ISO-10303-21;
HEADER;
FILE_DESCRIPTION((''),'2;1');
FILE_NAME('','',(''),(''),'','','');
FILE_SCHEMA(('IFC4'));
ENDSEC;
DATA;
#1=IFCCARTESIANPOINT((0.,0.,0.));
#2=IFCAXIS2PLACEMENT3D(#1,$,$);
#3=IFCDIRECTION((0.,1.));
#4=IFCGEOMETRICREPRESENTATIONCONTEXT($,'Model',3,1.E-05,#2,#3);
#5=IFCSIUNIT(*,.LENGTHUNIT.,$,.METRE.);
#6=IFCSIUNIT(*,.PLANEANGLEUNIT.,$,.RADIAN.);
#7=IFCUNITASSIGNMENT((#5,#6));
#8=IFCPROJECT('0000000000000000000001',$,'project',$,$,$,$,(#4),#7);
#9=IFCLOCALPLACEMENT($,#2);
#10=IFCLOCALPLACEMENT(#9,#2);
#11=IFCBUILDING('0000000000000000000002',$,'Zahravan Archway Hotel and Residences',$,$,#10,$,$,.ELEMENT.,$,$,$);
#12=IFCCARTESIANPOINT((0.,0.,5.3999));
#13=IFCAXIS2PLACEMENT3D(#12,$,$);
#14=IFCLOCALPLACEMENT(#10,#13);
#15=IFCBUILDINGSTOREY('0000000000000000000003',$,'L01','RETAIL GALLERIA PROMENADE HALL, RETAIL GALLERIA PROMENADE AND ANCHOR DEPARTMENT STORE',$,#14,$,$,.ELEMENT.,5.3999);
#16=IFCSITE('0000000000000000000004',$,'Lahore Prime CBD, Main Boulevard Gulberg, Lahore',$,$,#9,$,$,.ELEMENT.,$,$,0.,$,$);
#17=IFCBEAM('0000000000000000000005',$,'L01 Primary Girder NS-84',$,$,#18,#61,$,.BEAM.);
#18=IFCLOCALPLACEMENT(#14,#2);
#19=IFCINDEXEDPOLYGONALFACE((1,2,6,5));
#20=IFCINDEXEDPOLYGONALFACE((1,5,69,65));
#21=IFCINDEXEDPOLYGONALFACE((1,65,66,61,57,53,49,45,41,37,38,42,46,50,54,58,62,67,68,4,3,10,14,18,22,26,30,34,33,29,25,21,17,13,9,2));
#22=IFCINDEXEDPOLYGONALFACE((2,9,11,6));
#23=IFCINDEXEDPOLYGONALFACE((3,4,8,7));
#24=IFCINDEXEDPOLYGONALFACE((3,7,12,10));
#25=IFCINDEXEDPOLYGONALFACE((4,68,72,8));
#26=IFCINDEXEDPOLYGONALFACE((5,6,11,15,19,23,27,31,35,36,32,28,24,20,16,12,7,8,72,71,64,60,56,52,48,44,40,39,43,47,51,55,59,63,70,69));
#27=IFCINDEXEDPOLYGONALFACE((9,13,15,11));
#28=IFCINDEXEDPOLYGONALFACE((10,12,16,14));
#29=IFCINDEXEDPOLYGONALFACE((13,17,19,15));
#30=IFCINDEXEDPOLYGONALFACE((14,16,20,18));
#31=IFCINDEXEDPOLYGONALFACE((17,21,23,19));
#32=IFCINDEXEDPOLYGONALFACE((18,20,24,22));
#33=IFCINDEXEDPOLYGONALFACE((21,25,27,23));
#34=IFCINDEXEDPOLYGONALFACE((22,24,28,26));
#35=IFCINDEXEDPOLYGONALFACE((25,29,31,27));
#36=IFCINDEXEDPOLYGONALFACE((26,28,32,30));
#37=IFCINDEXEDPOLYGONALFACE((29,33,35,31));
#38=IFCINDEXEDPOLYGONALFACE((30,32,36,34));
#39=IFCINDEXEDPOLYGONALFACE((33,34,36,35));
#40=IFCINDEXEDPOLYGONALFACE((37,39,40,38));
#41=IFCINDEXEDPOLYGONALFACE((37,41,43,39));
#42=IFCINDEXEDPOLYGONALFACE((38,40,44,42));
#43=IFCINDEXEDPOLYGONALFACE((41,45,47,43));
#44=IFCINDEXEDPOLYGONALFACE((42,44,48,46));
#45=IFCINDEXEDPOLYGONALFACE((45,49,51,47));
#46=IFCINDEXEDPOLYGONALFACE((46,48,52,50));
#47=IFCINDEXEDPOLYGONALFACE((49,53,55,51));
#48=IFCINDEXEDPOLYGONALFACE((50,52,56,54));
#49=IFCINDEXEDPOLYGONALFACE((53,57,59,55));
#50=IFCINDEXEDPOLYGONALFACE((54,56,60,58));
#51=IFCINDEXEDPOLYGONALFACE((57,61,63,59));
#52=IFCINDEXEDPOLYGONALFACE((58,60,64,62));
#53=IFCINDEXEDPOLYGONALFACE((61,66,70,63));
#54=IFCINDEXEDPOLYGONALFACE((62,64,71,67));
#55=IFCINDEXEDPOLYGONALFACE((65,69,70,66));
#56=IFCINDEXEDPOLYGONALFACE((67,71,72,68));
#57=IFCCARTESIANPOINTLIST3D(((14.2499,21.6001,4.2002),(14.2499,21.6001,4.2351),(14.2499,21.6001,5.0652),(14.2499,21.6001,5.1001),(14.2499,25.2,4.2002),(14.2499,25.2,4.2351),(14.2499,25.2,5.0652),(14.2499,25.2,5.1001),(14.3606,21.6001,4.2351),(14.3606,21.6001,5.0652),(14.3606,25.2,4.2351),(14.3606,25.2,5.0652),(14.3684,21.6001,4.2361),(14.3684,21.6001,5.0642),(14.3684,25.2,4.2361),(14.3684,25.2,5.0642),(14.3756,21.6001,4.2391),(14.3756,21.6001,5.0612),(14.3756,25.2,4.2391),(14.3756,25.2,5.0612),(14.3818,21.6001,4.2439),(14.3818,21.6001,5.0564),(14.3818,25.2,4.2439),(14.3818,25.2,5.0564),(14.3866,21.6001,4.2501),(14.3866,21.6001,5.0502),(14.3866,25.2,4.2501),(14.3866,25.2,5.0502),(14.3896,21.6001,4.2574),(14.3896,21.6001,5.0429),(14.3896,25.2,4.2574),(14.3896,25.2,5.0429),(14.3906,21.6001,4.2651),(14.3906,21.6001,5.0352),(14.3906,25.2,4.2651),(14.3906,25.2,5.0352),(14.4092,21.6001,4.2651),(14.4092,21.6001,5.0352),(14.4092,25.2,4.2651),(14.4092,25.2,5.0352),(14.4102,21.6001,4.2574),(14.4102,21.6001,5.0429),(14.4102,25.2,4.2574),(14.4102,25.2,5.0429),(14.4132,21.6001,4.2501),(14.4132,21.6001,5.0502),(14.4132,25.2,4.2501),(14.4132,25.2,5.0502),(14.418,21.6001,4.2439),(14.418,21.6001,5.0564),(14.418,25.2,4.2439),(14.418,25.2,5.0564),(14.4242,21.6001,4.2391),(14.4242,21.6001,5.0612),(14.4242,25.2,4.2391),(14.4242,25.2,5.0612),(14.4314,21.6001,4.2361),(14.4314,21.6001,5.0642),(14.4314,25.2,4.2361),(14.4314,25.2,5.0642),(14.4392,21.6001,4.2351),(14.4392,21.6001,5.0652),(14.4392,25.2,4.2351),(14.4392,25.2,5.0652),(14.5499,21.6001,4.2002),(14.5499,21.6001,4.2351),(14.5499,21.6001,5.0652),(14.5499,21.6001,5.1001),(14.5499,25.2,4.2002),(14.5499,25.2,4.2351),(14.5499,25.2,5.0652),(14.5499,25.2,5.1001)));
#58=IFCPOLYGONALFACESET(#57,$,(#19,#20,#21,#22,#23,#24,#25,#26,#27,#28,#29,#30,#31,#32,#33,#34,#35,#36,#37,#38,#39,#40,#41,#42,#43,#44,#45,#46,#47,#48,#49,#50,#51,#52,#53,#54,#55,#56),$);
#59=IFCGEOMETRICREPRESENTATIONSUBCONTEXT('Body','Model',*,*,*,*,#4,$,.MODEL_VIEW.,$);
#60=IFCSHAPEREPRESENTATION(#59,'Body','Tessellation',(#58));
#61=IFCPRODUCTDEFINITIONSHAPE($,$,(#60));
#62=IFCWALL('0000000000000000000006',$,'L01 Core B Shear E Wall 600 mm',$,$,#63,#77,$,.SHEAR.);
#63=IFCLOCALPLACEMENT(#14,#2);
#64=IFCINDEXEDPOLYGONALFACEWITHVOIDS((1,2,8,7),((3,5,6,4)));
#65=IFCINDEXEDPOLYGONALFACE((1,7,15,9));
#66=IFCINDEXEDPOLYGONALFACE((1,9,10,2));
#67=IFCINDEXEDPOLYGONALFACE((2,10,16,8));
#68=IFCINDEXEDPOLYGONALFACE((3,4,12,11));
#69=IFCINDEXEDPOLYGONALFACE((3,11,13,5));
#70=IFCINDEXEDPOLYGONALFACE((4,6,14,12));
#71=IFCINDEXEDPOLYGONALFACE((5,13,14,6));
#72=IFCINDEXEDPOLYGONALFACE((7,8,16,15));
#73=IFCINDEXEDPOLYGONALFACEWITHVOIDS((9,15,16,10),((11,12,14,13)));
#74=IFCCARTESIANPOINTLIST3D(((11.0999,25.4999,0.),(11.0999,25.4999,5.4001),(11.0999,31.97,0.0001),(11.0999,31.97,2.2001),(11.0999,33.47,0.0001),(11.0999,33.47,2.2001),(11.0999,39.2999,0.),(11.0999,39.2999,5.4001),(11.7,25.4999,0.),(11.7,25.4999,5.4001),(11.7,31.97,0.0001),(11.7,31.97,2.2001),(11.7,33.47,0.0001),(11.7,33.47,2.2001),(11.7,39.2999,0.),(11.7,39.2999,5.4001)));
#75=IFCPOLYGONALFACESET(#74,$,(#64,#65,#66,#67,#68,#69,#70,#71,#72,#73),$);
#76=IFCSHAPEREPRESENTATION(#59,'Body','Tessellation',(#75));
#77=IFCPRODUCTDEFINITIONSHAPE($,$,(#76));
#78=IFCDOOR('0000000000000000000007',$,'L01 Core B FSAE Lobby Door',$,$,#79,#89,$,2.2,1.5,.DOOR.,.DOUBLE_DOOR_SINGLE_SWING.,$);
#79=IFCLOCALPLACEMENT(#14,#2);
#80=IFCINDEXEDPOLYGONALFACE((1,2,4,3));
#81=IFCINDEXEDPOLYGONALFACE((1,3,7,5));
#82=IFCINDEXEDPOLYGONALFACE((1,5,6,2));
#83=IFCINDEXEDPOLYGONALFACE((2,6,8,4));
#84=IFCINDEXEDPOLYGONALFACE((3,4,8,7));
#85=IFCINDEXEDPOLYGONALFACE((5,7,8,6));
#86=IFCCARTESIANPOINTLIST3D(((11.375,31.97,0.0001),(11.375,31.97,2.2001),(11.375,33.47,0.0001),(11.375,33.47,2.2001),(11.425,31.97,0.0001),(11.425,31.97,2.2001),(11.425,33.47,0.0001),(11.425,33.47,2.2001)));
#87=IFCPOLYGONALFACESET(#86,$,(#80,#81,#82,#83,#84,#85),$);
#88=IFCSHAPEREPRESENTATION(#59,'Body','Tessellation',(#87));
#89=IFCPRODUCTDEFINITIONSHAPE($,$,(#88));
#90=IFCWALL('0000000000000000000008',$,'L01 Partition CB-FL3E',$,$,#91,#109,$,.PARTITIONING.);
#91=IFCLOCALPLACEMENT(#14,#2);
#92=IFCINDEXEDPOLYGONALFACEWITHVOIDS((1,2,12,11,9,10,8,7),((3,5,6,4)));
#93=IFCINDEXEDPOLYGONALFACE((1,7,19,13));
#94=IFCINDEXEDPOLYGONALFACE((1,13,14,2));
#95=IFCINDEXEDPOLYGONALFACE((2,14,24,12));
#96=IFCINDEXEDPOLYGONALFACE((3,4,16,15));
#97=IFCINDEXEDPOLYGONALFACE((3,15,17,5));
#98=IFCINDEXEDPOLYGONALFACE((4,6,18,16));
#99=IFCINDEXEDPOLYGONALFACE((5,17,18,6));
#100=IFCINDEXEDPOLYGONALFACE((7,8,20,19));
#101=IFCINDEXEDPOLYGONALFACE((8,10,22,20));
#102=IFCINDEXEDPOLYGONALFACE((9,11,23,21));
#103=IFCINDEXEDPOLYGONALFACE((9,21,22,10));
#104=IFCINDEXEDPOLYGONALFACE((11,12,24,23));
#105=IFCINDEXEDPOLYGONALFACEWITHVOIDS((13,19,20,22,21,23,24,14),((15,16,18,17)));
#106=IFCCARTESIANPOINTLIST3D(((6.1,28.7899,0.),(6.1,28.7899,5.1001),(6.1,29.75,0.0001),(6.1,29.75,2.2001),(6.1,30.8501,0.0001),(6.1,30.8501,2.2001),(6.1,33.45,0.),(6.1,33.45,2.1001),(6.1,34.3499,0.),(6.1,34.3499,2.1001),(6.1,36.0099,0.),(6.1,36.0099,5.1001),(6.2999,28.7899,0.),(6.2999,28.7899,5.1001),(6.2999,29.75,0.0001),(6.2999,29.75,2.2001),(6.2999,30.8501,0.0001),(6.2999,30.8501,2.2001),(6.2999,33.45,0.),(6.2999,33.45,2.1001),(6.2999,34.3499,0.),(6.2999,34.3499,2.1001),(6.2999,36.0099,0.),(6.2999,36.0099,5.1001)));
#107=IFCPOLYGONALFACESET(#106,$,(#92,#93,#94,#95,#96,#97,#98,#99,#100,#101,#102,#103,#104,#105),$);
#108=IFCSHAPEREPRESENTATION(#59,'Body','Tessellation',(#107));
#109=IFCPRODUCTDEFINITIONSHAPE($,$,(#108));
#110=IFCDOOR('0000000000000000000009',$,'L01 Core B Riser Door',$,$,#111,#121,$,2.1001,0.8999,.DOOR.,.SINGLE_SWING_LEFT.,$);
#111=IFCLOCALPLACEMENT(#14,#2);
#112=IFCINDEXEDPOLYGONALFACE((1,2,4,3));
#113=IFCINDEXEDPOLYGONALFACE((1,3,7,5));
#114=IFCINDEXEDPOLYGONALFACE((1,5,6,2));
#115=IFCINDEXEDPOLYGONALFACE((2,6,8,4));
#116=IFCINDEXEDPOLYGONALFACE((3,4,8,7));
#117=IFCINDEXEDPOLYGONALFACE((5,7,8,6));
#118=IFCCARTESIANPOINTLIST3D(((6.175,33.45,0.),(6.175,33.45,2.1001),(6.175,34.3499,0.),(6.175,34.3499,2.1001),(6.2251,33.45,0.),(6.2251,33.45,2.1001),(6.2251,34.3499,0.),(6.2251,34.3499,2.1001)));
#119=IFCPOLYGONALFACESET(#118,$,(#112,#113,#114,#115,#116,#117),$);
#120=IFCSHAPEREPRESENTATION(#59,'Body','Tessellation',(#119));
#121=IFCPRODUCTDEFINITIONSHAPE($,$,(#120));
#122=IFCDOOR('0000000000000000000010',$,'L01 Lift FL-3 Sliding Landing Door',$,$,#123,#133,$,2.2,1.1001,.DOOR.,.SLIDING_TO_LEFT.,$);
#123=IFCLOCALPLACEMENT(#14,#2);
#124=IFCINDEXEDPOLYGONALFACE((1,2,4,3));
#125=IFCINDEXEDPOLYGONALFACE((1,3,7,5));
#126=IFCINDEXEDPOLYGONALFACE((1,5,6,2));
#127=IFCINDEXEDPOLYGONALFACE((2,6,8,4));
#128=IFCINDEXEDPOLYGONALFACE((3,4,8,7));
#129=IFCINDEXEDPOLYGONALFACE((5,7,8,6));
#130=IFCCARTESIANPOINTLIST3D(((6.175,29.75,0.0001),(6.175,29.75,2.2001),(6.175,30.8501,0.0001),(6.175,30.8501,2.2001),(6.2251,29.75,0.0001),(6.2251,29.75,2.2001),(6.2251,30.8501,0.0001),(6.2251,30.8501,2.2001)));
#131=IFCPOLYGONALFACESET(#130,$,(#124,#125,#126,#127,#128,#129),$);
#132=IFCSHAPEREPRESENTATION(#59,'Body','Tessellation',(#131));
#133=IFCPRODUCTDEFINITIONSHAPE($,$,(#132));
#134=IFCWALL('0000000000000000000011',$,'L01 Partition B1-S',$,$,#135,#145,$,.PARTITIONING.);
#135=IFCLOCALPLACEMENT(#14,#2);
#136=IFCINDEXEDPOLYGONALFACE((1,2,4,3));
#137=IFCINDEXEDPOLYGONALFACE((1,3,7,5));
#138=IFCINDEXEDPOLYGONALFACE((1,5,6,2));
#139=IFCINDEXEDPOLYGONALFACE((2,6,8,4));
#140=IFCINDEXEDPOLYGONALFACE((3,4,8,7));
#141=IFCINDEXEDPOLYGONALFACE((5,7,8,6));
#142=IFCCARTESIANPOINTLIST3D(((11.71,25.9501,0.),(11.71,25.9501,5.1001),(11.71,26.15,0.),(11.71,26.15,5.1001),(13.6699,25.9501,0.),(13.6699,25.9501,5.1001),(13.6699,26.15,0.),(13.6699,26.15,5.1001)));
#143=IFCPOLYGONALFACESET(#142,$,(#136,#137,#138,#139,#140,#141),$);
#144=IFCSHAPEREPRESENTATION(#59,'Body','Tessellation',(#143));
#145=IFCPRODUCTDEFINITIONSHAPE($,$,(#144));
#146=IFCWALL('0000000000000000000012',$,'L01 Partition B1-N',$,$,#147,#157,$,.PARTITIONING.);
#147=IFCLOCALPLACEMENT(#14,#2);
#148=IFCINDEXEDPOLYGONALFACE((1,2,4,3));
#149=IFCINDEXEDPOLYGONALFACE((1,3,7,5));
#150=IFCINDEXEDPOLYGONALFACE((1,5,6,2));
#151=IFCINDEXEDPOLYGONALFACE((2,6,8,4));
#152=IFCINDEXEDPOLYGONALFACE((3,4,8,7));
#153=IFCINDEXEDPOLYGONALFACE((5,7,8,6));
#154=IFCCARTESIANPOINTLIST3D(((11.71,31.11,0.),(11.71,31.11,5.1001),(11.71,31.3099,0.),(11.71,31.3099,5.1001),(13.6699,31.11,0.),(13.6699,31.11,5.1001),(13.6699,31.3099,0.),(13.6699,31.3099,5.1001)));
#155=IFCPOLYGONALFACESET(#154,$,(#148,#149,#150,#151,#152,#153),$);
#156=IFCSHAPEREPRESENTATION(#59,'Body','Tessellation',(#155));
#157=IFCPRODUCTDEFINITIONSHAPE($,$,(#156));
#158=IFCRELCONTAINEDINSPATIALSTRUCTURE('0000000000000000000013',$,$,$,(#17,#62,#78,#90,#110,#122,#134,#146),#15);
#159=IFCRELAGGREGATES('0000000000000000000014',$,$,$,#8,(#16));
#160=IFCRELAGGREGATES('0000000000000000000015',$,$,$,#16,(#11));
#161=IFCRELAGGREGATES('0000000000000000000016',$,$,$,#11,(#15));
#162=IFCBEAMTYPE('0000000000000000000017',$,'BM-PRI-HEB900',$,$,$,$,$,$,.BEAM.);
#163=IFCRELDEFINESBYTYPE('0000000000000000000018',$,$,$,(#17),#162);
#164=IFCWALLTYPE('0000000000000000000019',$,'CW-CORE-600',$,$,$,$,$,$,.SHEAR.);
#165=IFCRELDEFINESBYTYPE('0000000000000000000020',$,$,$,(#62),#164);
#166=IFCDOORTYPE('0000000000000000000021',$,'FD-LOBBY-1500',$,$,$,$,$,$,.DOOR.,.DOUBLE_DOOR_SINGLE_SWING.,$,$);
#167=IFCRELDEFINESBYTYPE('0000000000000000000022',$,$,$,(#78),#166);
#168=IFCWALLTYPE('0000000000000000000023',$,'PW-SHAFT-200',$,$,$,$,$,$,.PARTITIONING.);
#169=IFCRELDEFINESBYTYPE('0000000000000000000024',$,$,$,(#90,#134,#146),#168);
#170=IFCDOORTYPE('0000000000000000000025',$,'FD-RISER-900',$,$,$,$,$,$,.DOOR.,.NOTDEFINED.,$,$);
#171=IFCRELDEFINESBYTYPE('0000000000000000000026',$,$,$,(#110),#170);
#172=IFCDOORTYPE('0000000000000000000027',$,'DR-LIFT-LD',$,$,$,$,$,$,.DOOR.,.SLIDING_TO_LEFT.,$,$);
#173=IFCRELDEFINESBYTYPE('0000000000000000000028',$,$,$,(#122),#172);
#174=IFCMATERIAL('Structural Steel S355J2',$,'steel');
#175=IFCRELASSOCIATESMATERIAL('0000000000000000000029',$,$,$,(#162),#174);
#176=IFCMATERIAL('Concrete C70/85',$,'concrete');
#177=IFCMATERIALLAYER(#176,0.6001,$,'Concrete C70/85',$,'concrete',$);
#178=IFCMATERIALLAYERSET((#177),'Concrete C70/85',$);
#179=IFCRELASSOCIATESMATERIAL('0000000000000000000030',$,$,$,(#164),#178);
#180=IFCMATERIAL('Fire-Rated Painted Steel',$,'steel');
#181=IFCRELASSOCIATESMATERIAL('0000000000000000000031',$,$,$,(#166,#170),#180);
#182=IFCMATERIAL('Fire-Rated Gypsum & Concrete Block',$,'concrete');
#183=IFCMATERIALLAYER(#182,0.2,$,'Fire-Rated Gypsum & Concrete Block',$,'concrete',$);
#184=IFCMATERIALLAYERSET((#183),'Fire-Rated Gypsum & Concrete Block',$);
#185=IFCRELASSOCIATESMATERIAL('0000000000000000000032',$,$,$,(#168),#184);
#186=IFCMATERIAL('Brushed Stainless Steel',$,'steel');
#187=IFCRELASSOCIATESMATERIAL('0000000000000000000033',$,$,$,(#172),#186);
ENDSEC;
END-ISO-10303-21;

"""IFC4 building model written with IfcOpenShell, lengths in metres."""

from ifc_helpers import new_model, si_unit, direction, frame, frame_2d, origin, origin_2d, place, context, subcontext, project, spatial, rectangle, i_section, extrude, source, transform, mapped, material, layer, layer_set, material_profile, profile_set, type_object, type_shapes, element, fill, save


model = new_model("IFC4")

# Units and contexts
model_context = context("Model", 3, precision=1e-05, world=origin(), true_north=direction((0.0, 1.0)))
body_context = subcontext(model_context, "Body", "Model", "MODEL_VIEW")
ifc_project = project(units=[si_unit("LENGTHUNIT", "METRE"), si_unit("PLANEANGLEUNIT", "RADIAN")], contexts=[model_context])

# Site, building, storey
site_placement = place(None, origin())
site = spatial("IfcSite", under=ifc_project, at=site_placement, Name="Lahore Prime CBD, Main Boulevard Gulberg, Lahore", CompositionType="ELEMENT", RefElevation=0.0)
building_placement = place(site_placement, origin())
building = spatial("IfcBuilding", under=site, at=building_placement, Name="Zahravan Archway Hotel and Residences", CompositionType="ELEMENT")
storey_placement = place(building_placement, frame((0.0, 0.0, 5.3999)))
storey = spatial("IfcBuildingStorey", under=building, at=storey_placement, Name="L01", Description="RETAIL GALLERIA PROMENADE HALL, RETAIL GALLERIA PROMENADE AND ANCHOR DEPARTMENT STORE", CompositionType="ELEMENT", Elevation=5.3999)

# Shared definitions
ifc_material_1 = material(Name="Concrete C70/85", Category="concrete")

# Beam
ifc_material_2 = material(Name="Structural Steel S355J2", Category="steel")
ifc_material_profile_1 = material_profile(ifc_material_2, i_section(OverallWidth=0.3, OverallDepth=0.8999, WebThickness=0.0186, FlangeThickness=0.0349, FilletRadius=0.03, at=origin_2d()), Name="HEB 900", Category="steel")
ifc_profile_set_1 = profile_set([ifc_material_profile_1], Name="Structural Steel S355J2")
beam_type = type_object("IfcBeamType", Name="BM-PRI-HEB900", PredefinedType="BEAM", material=ifc_profile_set_1)
shared_shape_1 = source(origin(), body_context, "Body", "SweptSolid", [
    extrude(i_section(OverallWidth=0.3, OverallDepth=0.8999, WebThickness=0.0186, FlangeThickness=0.0349, FilletRadius=0.03, at=origin_2d()), origin(), (0.0, 0.0, 1.0), 3.5999),
])
for number, where, z_axis, x_axis, name in (
    (1, (14.3999, 21.6001, 4.6501), (0.0, 1.0, 0.0), (-1.0, 0.0, 0.0), "L01 Primary Girder NS-84"),
):
    element("IfcBeam", number, at=place(storey_placement, frame(where, z_axis=z_axis, x_axis=x_axis)), inside=storey, type_object=beam_type, Name=name, PredefinedType="BEAM", context=body_context, shape_type="MappedRepresentation", body=[
        mapped(shared_shape_1, transform((0.0, 0.0, 0.0), scale=1.0)),
    ])

# Wall, opening, door
ifc_layer_1 = layer(ifc_material_1, 0.6001, Name="Concrete C70/85", Category="concrete")
ifc_layer_set_1 = layer_set([ifc_layer_1], Name="Concrete C70/85")
wall_type_1 = type_object("IfcWallType", Name="CW-CORE-600", PredefinedType="SHEAR", material=ifc_layer_set_1)
wall_1_placement = place(storey_placement, frame((11.3999, 25.5, 0.0), z_axis=(0.0, 0.0, 1.0), x_axis=(0.0, 1.0, 0.0)))
wall_1 = element("IfcWall", 2, at=wall_1_placement, inside=storey, type_object=wall_type_1, Name="L01 Core B Shear E Wall 600 mm", PredefinedType="SHEAR", context=body_context, shape_type="SweptSolid", body=[
    extrude(rectangle(XDim=13.8, YDim=0.6001, at=frame_2d((6.8999, 0.0))), origin(), (0.0, 0.0, 1.0), 5.4001),
])
opening_1_placement = place(wall_1_placement, frame((6.47, 0.0, 0.0)))
opening_1 = element("IfcOpeningElement", 3, at=opening_1_placement, cuts=wall_1, PredefinedType="OPENING", context=body_context, shape_type="SweptSolid", body=[
    extrude(rectangle(XDim=1.5, YDim=2.2, at=frame_2d((0.75, 1.1001))), frame((0.0, 0.3101, 0.0), z_axis=(0.0, -1.0, 0.0), x_axis=(1.0, 0.0, 0.0)), (0.0, 0.0, 1.0), 0.6201),
])
ifc_material_3 = material(Name="Fire-Rated Painted Steel", Category="steel")
door_type_1 = type_object("IfcDoorType", Name="FD-LOBBY-1500", OperationType="DOUBLE_DOOR_SINGLE_SWING", PredefinedType="DOOR", material=ifc_material_3)
shared_shape_2 = source(origin(), body_context, "Body", "SweptSolid", [
    extrude(rectangle(XDim=1.5, YDim=2.2, at=frame_2d((0.75, 1.1001))), frame((0.0, 0.0249, 0.0), z_axis=(0.0, -1.0, 0.0), x_axis=(1.0, 0.0, 0.0)), (0.0, 0.0, 1.0), 0.05),
])
type_shapes(door_type_1, [shared_shape_2])
door_1_placement = place(opening_1_placement, origin())
door_1 = element("IfcDoor", 4, at=door_1_placement, inside=storey, type_object=door_type_1, Name="L01 Core B FSAE Lobby Door", OperationType="DOUBLE_DOOR_SINGLE_SWING", OverallHeight=2.2, OverallWidth=1.5, PredefinedType="DOOR", context=body_context, shape_type="MappedRepresentation", body=[
    mapped(shared_shape_2, transform((0.0, 0.0, 0.0), scale=1.0)),
])
fill(opening_1, door_1)

# Wall, openings, doors
ifc_material_4 = material(Name="Fire-Rated Gypsum & Concrete Block", Category="concrete")
ifc_layer_2 = layer(ifc_material_4, 0.2, Name="Fire-Rated Gypsum & Concrete Block", Category="concrete")
ifc_layer_set_2 = layer_set([ifc_layer_2], Name="Fire-Rated Gypsum & Concrete Block")
wall_type_2 = type_object("IfcWallType", Name="PW-SHAFT-200", PredefinedType="PARTITIONING", material=ifc_layer_set_2)
wall_2_placement = place(storey_placement, frame((6.2, 28.79, 0.0), z_axis=(0.0, 0.0, 1.0), x_axis=(0.0, 1.0, 0.0)))
wall_2 = element("IfcWall", 5, at=wall_2_placement, inside=storey, type_object=wall_type_2, Name="L01 Partition CB-FL3E", PredefinedType="PARTITIONING", context=body_context, shape_type="SweptSolid", body=[
    extrude(rectangle(XDim=7.22, YDim=0.2, at=frame_2d((3.6099, 0.0))), origin(), (0.0, 0.0, 1.0), 5.1001),
])
opening_2_placement = place(wall_2_placement, frame((4.6599, 0.0, 0.0)))
opening_2 = element("IfcOpeningElement", 6, at=opening_2_placement, cuts=wall_2, PredefinedType="OPENING", context=body_context, shape_type="SweptSolid", body=[
    extrude(rectangle(XDim=0.8999, YDim=2.1001, at=frame_2d((0.45, 1.05))), frame((0.0, 0.1099, 0.0), z_axis=(0.0, -1.0, 0.0), x_axis=(1.0, 0.0, 0.0)), (0.0, 0.0, 1.0), 0.22),
])
opening_3_placement = place(wall_2_placement, frame((0.96, 0.0, 0.0)))
opening_3 = element("IfcOpeningElement", 7, at=opening_3_placement, cuts=wall_2, PredefinedType="OPENING", context=body_context, shape_type="SweptSolid", body=[
    extrude(rectangle(XDim=1.1001, YDim=2.2, at=frame_2d((0.55, 1.1001))), frame((0.0, 0.1099, 0.0), z_axis=(0.0, -1.0, 0.0), x_axis=(1.0, 0.0, 0.0)), (0.0, 0.0, 1.0), 0.22),
])
door_type_2 = type_object("IfcDoorType", Name="FD-RISER-900", OperationType="NOTDEFINED", PredefinedType="DOOR", material=ifc_material_3)
shared_shape_3 = source(origin(), body_context, "Body", "SweptSolid", [
    extrude(rectangle(XDim=0.8999, YDim=2.1001, at=frame_2d((0.45, 1.05))), frame((0.0, 0.0249, 0.0), z_axis=(0.0, -1.0, 0.0), x_axis=(1.0, 0.0, 0.0)), (0.0, 0.0, 1.0), 0.05),
])
type_shapes(door_type_2, [shared_shape_3])
door_2_placement = place(opening_2_placement, origin())
door_2 = element("IfcDoor", 8, at=door_2_placement, inside=storey, type_object=door_type_2, Name="L01 Core B Riser Door", OperationType="SINGLE_SWING_LEFT", OverallHeight=2.1001, OverallWidth=0.8999, PredefinedType="DOOR", context=body_context, shape_type="MappedRepresentation", body=[
    mapped(shared_shape_3, transform((0.0, 0.0, 0.0), scale=1.0)),
])
fill(opening_2, door_2)
ifc_material_5 = material(Name="Brushed Stainless Steel", Category="steel")
door_type_3 = type_object("IfcDoorType", Name="DR-LIFT-LD", OperationType="SLIDING_TO_LEFT", PredefinedType="DOOR", material=ifc_material_5)
shared_shape_4 = source(origin(), body_context, "Body", "SweptSolid", [
    extrude(rectangle(XDim=1.1001, YDim=2.2, at=frame_2d((0.55, 1.1001))), frame((0.0, 0.0249, 0.0), z_axis=(0.0, -1.0, 0.0), x_axis=(1.0, 0.0, 0.0)), (0.0, 0.0, 1.0), 0.05),
])
type_shapes(door_type_3, [shared_shape_4])
door_3_placement = place(opening_3_placement, origin())
door_3 = element("IfcDoor", 9, at=door_3_placement, inside=storey, type_object=door_type_3, Name="L01 Lift FL-3 Sliding Landing Door", OperationType="SLIDING_TO_LEFT", OverallHeight=2.2, OverallWidth=1.1001, PredefinedType="DOOR", context=body_context, shape_type="MappedRepresentation", body=[
    mapped(shared_shape_4, transform((0.0, 0.0, 0.0), scale=1.0)),
])
fill(opening_3, door_3)

# Walls
for number, where, z_axis, x_axis, name in (
    (10, (11.71, 26.05, 0.0), (0.0, 0.0, 1.0), (1.0, 0.0, 0.0), "L01 Partition B1-S"),
    (11, (11.71, 31.21, 0.0), (0.0, 0.0, 1.0), (1.0, 0.0, 0.0), "L01 Partition B1-N"),
):
    element("IfcWall", number, at=place(storey_placement, frame(where, z_axis=z_axis, x_axis=x_axis)), inside=storey, type_object=wall_type_2, Name=name, PredefinedType="PARTITIONING", context=body_context, shape_type="SweptSolid", body=[
        extrude(rectangle(XDim=1.96, YDim=0.2, at=frame_2d((0.98, 0.0))), origin(), (0.0, 0.0, 1.0), 5.1001),
    ])

save(model, "model.ifc")
